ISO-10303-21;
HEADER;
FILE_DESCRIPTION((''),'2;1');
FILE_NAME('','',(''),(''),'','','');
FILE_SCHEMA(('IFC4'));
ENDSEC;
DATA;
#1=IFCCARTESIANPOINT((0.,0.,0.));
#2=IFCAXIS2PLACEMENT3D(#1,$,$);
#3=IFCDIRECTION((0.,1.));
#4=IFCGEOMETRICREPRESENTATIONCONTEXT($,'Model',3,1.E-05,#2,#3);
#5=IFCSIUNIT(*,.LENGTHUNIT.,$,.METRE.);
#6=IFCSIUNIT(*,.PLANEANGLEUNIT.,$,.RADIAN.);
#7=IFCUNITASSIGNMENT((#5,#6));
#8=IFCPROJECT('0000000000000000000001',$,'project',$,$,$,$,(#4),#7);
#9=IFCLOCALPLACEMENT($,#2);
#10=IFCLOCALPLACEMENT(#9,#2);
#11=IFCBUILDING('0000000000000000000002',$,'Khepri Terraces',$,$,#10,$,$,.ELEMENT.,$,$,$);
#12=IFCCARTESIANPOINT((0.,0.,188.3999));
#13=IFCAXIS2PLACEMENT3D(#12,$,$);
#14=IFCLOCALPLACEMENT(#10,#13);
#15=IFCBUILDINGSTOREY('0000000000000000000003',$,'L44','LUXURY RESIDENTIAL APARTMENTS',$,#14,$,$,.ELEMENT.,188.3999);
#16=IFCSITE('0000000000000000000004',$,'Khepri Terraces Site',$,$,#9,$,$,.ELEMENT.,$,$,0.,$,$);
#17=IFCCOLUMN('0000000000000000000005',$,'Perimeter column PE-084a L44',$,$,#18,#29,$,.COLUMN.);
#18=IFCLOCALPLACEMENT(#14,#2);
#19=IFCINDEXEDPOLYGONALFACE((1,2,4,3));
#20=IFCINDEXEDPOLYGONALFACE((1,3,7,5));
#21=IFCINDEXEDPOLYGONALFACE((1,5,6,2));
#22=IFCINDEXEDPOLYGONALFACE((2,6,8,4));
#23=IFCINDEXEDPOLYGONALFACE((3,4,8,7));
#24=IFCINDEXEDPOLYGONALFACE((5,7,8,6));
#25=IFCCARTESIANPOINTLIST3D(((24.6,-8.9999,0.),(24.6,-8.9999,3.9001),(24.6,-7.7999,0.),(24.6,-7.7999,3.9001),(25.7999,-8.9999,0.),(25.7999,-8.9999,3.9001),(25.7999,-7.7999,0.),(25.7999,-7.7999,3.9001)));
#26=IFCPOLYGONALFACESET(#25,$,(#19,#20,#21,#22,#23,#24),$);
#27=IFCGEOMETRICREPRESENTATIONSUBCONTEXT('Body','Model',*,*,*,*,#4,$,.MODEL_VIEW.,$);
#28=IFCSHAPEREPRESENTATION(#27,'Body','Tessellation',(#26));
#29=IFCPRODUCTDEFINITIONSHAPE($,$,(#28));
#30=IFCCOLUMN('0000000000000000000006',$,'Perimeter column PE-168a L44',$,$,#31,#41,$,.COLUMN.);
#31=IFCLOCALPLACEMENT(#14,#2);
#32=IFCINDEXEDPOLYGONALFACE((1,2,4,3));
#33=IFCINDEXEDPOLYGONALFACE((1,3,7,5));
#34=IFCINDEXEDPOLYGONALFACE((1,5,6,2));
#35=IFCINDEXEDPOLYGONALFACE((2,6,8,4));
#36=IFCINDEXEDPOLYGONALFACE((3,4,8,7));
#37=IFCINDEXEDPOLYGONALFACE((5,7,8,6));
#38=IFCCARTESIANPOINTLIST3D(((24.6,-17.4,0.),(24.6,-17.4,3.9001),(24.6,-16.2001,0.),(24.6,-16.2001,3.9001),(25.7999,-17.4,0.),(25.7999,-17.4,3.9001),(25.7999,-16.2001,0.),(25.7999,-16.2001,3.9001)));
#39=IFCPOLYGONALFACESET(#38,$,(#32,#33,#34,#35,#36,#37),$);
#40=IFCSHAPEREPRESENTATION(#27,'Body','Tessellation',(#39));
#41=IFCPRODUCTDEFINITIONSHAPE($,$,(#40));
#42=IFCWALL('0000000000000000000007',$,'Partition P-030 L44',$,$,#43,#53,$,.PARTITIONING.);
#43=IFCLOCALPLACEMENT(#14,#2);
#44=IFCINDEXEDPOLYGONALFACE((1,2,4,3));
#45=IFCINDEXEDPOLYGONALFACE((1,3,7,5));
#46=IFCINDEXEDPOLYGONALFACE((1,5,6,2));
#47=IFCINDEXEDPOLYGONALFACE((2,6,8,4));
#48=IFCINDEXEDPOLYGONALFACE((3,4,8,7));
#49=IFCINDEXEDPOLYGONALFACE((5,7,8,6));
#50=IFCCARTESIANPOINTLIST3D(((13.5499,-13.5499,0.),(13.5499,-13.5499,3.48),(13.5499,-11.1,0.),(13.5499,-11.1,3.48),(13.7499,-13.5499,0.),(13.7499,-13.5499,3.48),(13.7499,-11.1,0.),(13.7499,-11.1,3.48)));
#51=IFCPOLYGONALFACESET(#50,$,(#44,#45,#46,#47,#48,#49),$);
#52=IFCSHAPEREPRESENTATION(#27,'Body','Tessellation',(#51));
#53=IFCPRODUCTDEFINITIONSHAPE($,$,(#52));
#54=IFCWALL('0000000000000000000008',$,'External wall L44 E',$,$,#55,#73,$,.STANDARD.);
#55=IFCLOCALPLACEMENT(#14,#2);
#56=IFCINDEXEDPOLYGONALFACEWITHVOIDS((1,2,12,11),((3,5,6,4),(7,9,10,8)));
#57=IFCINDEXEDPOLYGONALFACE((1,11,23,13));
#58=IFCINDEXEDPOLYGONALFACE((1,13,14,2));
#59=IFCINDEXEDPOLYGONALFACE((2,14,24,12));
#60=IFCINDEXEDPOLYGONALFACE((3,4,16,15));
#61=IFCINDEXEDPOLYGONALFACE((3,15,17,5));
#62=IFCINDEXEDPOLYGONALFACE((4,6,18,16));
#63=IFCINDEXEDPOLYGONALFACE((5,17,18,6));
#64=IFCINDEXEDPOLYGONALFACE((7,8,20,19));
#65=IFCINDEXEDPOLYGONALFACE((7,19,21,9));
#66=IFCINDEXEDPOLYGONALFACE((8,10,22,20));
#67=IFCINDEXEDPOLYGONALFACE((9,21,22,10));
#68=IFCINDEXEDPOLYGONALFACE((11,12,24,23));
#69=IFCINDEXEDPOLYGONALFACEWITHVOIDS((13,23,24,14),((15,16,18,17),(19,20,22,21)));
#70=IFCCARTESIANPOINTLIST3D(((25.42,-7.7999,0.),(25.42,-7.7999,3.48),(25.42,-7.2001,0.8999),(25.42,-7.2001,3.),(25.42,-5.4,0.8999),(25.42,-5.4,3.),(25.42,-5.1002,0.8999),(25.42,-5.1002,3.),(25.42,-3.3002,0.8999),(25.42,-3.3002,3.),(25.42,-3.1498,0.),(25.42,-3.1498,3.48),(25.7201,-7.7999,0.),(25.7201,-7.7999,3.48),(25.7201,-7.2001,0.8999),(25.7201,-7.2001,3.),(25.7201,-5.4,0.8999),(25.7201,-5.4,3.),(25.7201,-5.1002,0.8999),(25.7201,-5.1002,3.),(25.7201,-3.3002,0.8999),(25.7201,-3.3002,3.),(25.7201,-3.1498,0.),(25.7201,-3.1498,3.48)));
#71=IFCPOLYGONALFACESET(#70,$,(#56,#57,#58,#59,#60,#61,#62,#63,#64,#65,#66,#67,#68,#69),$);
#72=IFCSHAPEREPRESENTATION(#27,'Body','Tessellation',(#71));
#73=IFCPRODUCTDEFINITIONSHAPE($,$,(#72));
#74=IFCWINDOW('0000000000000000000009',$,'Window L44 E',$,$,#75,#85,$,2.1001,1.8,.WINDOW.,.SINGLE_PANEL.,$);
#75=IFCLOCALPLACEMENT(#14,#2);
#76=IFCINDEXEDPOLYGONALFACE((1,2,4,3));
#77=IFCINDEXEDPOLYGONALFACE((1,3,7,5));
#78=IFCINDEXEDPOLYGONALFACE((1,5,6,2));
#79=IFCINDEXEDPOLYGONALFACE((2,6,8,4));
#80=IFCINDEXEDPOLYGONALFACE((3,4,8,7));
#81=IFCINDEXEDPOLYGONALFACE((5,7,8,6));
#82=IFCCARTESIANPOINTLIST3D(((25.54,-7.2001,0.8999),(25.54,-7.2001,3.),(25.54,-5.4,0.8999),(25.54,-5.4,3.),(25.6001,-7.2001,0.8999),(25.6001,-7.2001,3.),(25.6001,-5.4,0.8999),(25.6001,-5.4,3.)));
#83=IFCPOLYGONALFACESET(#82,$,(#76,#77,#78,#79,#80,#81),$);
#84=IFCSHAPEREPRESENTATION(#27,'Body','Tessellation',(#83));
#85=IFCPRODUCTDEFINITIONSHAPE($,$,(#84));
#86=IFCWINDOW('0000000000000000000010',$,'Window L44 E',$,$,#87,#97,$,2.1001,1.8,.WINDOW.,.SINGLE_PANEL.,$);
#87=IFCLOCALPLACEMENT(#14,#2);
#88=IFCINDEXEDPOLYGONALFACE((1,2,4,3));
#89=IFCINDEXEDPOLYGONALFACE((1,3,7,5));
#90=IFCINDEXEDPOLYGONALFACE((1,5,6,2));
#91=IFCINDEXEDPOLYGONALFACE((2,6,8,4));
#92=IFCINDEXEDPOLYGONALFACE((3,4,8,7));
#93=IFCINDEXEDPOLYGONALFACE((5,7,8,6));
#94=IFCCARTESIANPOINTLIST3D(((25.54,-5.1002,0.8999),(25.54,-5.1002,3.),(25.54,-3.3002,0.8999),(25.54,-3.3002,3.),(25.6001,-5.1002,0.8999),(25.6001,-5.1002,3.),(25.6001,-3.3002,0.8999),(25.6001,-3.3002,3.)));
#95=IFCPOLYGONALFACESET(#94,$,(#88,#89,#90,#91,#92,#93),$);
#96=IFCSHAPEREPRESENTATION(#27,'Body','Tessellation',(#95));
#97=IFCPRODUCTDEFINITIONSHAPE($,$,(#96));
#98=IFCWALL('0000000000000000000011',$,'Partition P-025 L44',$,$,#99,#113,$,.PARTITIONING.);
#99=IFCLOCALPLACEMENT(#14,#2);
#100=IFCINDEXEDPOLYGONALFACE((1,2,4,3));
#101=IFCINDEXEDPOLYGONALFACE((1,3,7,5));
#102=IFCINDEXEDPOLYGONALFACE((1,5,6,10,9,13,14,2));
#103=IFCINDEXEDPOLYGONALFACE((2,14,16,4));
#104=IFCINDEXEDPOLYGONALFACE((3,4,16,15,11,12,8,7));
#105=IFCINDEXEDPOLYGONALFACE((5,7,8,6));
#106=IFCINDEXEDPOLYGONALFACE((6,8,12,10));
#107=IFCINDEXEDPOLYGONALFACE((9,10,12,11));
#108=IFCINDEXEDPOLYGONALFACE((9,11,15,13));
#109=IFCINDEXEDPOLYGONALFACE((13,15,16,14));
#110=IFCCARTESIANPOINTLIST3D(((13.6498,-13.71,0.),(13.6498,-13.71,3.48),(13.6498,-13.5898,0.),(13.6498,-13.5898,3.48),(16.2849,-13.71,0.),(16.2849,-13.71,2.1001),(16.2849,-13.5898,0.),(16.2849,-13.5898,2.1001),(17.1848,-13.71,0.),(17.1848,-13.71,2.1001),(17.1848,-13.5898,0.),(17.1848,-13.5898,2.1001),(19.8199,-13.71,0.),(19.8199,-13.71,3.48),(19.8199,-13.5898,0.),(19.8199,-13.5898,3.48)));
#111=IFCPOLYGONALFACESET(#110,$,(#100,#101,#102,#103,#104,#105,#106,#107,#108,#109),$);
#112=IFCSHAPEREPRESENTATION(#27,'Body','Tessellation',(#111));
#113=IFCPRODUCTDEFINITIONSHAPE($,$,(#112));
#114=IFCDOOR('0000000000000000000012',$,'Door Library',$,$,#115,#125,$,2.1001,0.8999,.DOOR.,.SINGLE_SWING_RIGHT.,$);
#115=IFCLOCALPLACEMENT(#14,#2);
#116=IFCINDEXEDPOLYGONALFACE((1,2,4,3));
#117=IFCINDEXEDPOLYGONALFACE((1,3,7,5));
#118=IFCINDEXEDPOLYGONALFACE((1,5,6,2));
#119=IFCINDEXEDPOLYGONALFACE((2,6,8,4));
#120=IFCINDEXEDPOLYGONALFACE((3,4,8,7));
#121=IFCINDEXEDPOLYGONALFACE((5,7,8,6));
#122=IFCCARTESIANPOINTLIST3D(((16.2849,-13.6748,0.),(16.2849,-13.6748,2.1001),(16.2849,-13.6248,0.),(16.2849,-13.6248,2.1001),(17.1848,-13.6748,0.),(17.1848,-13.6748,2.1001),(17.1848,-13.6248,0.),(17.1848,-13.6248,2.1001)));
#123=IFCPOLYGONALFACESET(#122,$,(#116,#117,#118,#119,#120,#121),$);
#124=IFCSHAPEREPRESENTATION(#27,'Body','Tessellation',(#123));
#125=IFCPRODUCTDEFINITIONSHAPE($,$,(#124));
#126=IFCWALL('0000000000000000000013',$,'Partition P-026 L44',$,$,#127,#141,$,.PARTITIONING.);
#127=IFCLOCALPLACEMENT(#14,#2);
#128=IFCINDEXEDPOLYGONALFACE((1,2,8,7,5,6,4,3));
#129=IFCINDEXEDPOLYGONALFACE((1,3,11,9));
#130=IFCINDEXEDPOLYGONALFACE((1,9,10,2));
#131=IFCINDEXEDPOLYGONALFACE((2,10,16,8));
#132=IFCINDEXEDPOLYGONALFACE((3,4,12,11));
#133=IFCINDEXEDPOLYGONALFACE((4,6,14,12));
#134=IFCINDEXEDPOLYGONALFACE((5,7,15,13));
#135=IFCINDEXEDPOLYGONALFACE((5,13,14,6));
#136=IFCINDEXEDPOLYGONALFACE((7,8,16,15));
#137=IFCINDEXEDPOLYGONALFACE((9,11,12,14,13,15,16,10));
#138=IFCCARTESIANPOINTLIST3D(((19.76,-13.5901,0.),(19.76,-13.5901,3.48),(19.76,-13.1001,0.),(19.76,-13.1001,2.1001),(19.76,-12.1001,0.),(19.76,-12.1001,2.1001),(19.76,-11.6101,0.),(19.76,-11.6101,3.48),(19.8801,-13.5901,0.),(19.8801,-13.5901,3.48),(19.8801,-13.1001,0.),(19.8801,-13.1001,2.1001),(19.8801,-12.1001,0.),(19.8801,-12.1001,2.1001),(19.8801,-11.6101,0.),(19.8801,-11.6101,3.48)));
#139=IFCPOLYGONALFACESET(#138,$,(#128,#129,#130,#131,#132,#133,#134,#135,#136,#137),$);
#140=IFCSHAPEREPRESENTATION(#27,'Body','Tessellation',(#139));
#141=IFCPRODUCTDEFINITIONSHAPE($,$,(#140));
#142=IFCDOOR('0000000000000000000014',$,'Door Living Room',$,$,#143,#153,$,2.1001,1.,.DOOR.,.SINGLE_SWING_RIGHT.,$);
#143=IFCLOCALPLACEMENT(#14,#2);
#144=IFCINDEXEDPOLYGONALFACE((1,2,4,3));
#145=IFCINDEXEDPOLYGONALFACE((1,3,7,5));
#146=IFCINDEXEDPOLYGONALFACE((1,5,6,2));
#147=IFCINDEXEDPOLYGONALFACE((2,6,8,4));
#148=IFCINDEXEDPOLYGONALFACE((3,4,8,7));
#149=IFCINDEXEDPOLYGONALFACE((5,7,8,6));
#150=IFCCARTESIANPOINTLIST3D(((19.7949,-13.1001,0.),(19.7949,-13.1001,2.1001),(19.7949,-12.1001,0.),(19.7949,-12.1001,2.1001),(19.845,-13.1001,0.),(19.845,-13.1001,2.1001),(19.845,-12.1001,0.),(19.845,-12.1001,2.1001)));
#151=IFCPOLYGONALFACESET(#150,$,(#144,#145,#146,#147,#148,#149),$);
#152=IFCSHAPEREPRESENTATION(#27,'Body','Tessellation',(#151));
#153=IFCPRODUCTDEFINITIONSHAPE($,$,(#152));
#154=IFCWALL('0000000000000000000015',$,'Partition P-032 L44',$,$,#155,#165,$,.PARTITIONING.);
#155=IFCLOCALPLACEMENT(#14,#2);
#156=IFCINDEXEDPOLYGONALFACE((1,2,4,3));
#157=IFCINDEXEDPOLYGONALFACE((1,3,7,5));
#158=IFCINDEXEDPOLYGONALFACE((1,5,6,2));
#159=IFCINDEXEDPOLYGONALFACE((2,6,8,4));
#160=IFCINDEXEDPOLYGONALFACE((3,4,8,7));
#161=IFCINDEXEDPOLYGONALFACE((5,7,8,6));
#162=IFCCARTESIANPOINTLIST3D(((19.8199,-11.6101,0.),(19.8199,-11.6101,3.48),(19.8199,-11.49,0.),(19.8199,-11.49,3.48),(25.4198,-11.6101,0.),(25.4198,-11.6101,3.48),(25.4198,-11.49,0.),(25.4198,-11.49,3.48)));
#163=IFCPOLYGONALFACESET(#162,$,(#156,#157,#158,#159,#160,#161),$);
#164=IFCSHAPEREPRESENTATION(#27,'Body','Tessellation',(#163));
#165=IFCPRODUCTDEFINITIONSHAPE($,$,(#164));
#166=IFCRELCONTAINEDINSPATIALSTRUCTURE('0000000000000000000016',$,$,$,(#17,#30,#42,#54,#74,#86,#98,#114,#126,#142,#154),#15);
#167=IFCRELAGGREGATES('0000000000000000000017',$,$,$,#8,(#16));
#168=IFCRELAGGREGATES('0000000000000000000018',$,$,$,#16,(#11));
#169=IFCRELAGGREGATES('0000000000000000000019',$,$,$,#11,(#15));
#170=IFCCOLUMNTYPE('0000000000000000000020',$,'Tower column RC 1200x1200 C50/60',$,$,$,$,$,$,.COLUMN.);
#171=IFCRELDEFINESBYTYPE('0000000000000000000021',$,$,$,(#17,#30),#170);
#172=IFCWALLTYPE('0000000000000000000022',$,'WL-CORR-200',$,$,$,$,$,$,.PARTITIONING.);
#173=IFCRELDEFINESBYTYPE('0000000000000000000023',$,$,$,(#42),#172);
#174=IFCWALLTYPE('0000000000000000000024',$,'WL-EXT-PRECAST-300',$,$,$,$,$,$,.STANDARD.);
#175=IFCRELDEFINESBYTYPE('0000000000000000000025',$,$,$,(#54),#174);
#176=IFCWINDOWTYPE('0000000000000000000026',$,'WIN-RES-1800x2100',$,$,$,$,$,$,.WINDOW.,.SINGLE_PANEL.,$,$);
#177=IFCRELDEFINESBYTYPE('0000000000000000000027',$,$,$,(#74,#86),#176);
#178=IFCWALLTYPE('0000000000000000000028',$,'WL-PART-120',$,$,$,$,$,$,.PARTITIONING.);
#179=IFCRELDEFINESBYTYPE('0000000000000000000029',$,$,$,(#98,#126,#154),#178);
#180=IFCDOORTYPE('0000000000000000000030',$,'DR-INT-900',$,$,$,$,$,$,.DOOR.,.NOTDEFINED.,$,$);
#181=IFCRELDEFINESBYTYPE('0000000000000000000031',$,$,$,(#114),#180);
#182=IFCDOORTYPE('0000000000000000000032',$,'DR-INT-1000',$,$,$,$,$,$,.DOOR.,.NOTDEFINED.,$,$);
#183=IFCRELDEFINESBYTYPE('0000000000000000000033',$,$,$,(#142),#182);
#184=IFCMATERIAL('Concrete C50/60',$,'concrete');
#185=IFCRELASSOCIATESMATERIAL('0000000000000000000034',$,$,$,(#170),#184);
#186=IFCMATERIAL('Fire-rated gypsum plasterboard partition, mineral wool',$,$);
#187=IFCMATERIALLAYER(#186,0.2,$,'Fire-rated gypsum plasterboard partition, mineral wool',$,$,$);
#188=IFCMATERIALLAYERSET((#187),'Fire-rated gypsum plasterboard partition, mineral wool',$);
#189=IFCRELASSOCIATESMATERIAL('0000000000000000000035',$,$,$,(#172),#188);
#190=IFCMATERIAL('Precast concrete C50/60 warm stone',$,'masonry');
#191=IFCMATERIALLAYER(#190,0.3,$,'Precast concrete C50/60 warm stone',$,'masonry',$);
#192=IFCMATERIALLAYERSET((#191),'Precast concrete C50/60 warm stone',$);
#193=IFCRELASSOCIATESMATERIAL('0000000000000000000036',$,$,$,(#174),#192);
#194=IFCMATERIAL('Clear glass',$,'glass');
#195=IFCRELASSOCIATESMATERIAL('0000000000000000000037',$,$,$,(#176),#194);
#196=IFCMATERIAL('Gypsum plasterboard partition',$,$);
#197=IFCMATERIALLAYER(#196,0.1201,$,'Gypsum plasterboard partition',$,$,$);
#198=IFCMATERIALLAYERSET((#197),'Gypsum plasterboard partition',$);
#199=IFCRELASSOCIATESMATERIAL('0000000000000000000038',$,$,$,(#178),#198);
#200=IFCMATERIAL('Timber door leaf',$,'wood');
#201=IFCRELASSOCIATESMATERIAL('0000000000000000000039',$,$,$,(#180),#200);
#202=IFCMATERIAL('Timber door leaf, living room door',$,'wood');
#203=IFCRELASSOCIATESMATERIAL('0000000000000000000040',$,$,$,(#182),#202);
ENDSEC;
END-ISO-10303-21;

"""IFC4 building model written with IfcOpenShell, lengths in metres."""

from ifc_helpers import new_model, si_unit, direction, frame, frame_2d, origin, origin_2d, place, context, subcontext, project, spatial, rectangle, extrude, material, layer, layer_set, material_profile, profile_set, type_object, element, fill, save


model = new_model("IFC4")

# Units and contexts
model_context = context("Model", 3, precision=1e-05, world=origin(), true_north=direction((0.0, 1.0)))
body_context = subcontext(model_context, "Body", "Model", "MODEL_VIEW")
ifc_project = project(units=[si_unit("LENGTHUNIT", "METRE"), si_unit("PLANEANGLEUNIT", "RADIAN")], contexts=[model_context])

# Site, building, storey
site_placement = place(None, origin())
site = spatial("IfcSite", under=ifc_project, at=site_placement, Name="Khepri Terraces Site", CompositionType="ELEMENT", RefElevation=0.0)
building_placement = place(site_placement, origin())
building = spatial("IfcBuilding", under=site, at=building_placement, Name="Khepri Terraces", CompositionType="ELEMENT")
storey_placement = place(building_placement, frame((0.0, 0.0, 188.3999)))
storey = spatial("IfcBuildingStorey", under=building, at=storey_placement, Name="L44", Description="LUXURY RESIDENTIAL APARTMENTS", CompositionType="ELEMENT", Elevation=188.3999)

# Columns
ifc_material_1 = material(Name="Concrete C50/60", Category="concrete")
ifc_material_profile = material_profile(ifc_material_1, rectangle(XDim=1.2, YDim=1.2, at=origin_2d()), Name="Concrete C50/60", Category="concrete")
ifc_profile_set = profile_set([ifc_material_profile], Name="Concrete C50/60")
column_type = type_object("IfcColumnType", Name="Tower column RC 1200x1200 C50/60", PredefinedType="COLUMN", material=ifc_profile_set)
for number, where, z_axis, x_axis, name in (
    (1, (25.2, -8.3999, 0.0), (0.0, 0.0, 1.0), (1.0, 0.0, 0.0), "Perimeter column PE-084a L44"),
    (2, (25.2, -16.8, 0.0), (0.0, 0.0, 1.0), (1.0, 0.0, 0.0), "Perimeter column PE-168a L44"),
):
    element("IfcColumn", number, at=place(storey_placement, frame(where, z_axis=z_axis, x_axis=x_axis)), inside=storey, type_object=column_type, Name=name, PredefinedType="COLUMN", context=body_context, shape_type="SweptSolid", body=[
        extrude(rectangle(XDim=1.2, YDim=1.2, at=origin_2d()), origin(), (0.0, 0.0, 1.0), 3.9001),
    ])

# Wall
ifc_material_2 = material(Name="Fire-rated gypsum plasterboard partition, mineral wool")
ifc_layer_1 = layer(ifc_material_2, 0.2, Name="Fire-rated gypsum plasterboard partition, mineral wool")
ifc_layer_set_1 = layer_set([ifc_layer_1], Name="Fire-rated gypsum plasterboard partition, mineral wool")
wall_type_1 = type_object("IfcWallType", Name="WL-CORR-200", PredefinedType="PARTITIONING", material=ifc_layer_set_1)
wall_1_placement = place(storey_placement, frame((13.6499, -13.55, 0.0), z_axis=(0.0, 0.0, 1.0), x_axis=(0.0, 1.0, 0.0)))
element("IfcWall", 3, at=wall_1_placement, inside=storey, type_object=wall_type_1, Name="Partition P-030 L44", PredefinedType="PARTITIONING", context=body_context, shape_type="SweptSolid", body=[
    extrude(rectangle(XDim=2.45, YDim=0.2, at=frame_2d((1.2251, 0.0))), origin(), (0.0, 0.0, 1.0), 3.48),
])

# Shared definitions
ifc_material_3 = material(Name="Precast concrete C50/60 warm stone", Category="masonry")
ifc_layer_2 = layer(ifc_material_3, 0.3, Name="Precast concrete C50/60 warm stone", Category="masonry")
ifc_layer_set_2 = layer_set([ifc_layer_2], Name="Precast concrete C50/60 warm stone")
wall_type_2 = type_object("IfcWallType", Name="WL-EXT-PRECAST-300", PredefinedType="STANDARD", material=ifc_layer_set_2)

# Wall, openings, windows
wall_2_placement = place(storey_placement, frame((25.5701, -7.8, 0.0), z_axis=(0.0, 0.0, 1.0), x_axis=(0.0, 1.0, 0.0)))
wall_2 = element("IfcWall", 4, at=wall_2_placement, inside=storey, type_object=wall_type_2, Name="External wall L44 E", PredefinedType="STANDARD", context=body_context, shape_type="SweptSolid", body=[
    extrude(rectangle(XDim=4.6501, YDim=0.3, at=frame_2d((2.3252, 0.0))), origin(), (0.0, 0.0, 1.0), 3.48),
])
opening_1_placement = place(wall_2_placement, frame((0.6001, 0.0, 0.8999)))
opening_1 = element("IfcOpeningElement", 5, at=opening_1_placement, cuts=wall_2, PredefinedType="OPENING", context=body_context, shape_type="SweptSolid", body=[
    extrude(rectangle(XDim=1.8, YDim=2.1001, at=frame_2d((0.8999, 1.05))), frame((0.0, 0.1602, 0.0), z_axis=(0.0, -1.0, 0.0), x_axis=(1.0, 0.0, 0.0)), (0.0, 0.0, 1.0), 0.3201),
])
opening_2_placement = place(wall_2_placement, frame((2.7, 0.0, 0.8999)))
opening_2 = element("IfcOpeningElement", 6, at=opening_2_placement, cuts=wall_2, PredefinedType="OPENING", context=body_context, shape_type="SweptSolid", body=[
    extrude(rectangle(XDim=1.8, YDim=2.1001, at=frame_2d((0.8999, 1.05))), frame((0.0, 0.1602, 0.0), z_axis=(0.0, -1.0, 0.0), x_axis=(1.0, 0.0, 0.0)), (0.0, 0.0, 1.0), 0.3201),
])
ifc_material_4 = material(Name="Clear glass", Category="glass")
window_type = type_object("IfcWindowType", Name="WIN-RES-1800x2100", PartitioningType="SINGLE_PANEL", PredefinedType="WINDOW", material=ifc_material_4)
window_1_placement = place(opening_1_placement, origin())
window_1 = element("IfcWindow", 7, at=window_1_placement, inside=storey, type_object=window_type, Name="Window L44 E", OverallHeight=2.1001, OverallWidth=1.8, PartitioningType="SINGLE_PANEL", PredefinedType="WINDOW", context=body_context, shape_type="SweptSolid", body=[
    extrude(rectangle(XDim=1.8, YDim=2.1001, at=frame_2d((0.8999, 1.05))), frame((0.0, 0.03, 0.0), z_axis=(0.0, -1.0, 0.0), x_axis=(1.0, 0.0, 0.0)), (0.0, 0.0, 1.0), 0.0601),
])
fill(opening_1, window_1)
window_2_placement = place(opening_2_placement, origin())
window_2 = element("IfcWindow", 8, at=window_2_placement, inside=storey, type_object=window_type, Name="Window L44 E", OverallHeight=2.1001, OverallWidth=1.8, PartitioningType="SINGLE_PANEL", PredefinedType="WINDOW", context=body_context, shape_type="SweptSolid", body=[
    extrude(rectangle(XDim=1.8, YDim=2.1001, at=frame_2d((0.8999, 1.05))), frame((0.0, 0.03, 0.0), z_axis=(0.0, -1.0, 0.0), x_axis=(1.0, 0.0, 0.0)), (0.0, 0.0, 1.0), 0.0601),
])
fill(opening_2, window_2)

# Walls, openings, doors
ifc_material_5 = material(Name="Gypsum plasterboard partition")
ifc_layer_3 = layer(ifc_material_5, 0.1201, Name="Gypsum plasterboard partition")
ifc_layer_set_3 = layer_set([ifc_layer_3], Name="Gypsum plasterboard partition")
wall_type_3 = type_object("IfcWallType", Name="WL-PART-120", PredefinedType="PARTITIONING", material=ifc_layer_set_3)
wall_3_placement = place(storey_placement, frame((13.6499, -13.6499, 0.0), z_axis=(0.0, 0.0, 1.0), x_axis=(1.0, 0.0, 0.0)))
wall_3 = element("IfcWall", 9, at=wall_3_placement, inside=storey, type_object=wall_type_3, Name="Partition P-025 L44", PredefinedType="PARTITIONING", context=body_context, shape_type="SweptSolid", body=[
    extrude(rectangle(XDim=6.1702, YDim=0.1201, at=frame_2d((3.085, 0.0))), origin(), (0.0, 0.0, 1.0), 3.48),
])
opening_3_placement = place(wall_3_placement, frame((2.635, 0.0, 0.0)))
opening_3 = element("IfcOpeningElement", 10, at=opening_3_placement, cuts=wall_3, PredefinedType="OPENING", context=body_context, shape_type="SweptSolid", body=[
    extrude(rectangle(XDim=0.8999, YDim=2.1001, at=frame_2d((0.45, 1.05))), frame((0.0, 0.0701, 0.0), z_axis=(0.0, -1.0, 0.0), x_axis=(1.0, 0.0, 0.0)), (0.0, 0.0, 1.0), 0.1401),
])
ifc_material_6 = material(Name="Timber door leaf", Category="wood")
door_type_1 = type_object("IfcDoorType", Name="DR-INT-900", OperationType="NOTDEFINED", PredefinedType="DOOR", material=ifc_material_6)
door_1_placement = place(opening_3_placement, frame((0.8999, 0.0, 0.0), z_axis=(0.0, 0.0, 1.0), x_axis=(-1.0, 0.0, 0.0)))
door_1 = element("IfcDoor", 11, at=door_1_placement, inside=storey, type_object=door_type_1, Name="Door Library", OperationType="SINGLE_SWING_RIGHT", OverallHeight=2.1001, OverallWidth=0.8999, PredefinedType="DOOR", context=body_context, shape_type="SweptSolid", body=[
    extrude(rectangle(XDim=0.8999, YDim=2.1001, at=frame_2d((0.45, 1.05))), frame((0.0, 0.0249, 0.0), z_axis=(0.0, -1.0, 0.0), x_axis=(1.0, 0.0, 0.0)), (0.0, 0.0, 1.0), 0.05),
])
fill(opening_3, door_1)
wall_4_placement = place(storey_placement, frame((19.8201, -13.5901, 0.0), z_axis=(0.0, 0.0, 1.0), x_axis=(0.0, 1.0, 0.0)))
wall_4 = element("IfcWall", 12, at=wall_4_placement, inside=storey, type_object=wall_type_3, Name="Partition P-026 L44", PredefinedType="PARTITIONING", context=body_context, shape_type="SweptSolid", body=[
    extrude(rectangle(XDim=1.98, YDim=0.1201, at=frame_2d((0.99, 0.0))), origin(), (0.0, 0.0, 1.0), 3.48),
])
opening_4_placement = place(wall_4_placement, frame((0.49, 0.0, 0.0)))
opening_4 = element("IfcOpeningElement", 13, at=opening_4_placement, cuts=wall_4, PredefinedType="OPENING", context=body_context, shape_type="SweptSolid", body=[
    extrude(rectangle(XDim=1.0, YDim=2.1001, at=frame_2d((0.5, 1.05))), frame((0.0, 0.0701, 0.0), z_axis=(0.0, -1.0, 0.0), x_axis=(1.0, 0.0, 0.0)), (0.0, 0.0, 1.0), 0.1401),
])
ifc_material_7 = material(Name="Timber door leaf, living room door", Category="wood")
door_type_2 = type_object("IfcDoorType", Name="DR-INT-1000", OperationType="NOTDEFINED", PredefinedType="DOOR", material=ifc_material_7)
door_2_placement = place(opening_4_placement, frame((1.0, 0.0, 0.0), z_axis=(0.0, 0.0, 1.0), x_axis=(-1.0, 0.0, 0.0)))
door_2 = element("IfcDoor", 14, at=door_2_placement, inside=storey, type_object=door_type_2, Name="Door Living Room", OperationType="SINGLE_SWING_RIGHT", OverallHeight=2.1001, OverallWidth=1.0, PredefinedType="DOOR", context=body_context, shape_type="SweptSolid", body=[
    extrude(rectangle(XDim=1.0, YDim=2.1001, at=frame_2d((0.5, 1.05))), frame((0.0, 0.0249, 0.0), z_axis=(0.0, -1.0, 0.0), x_axis=(1.0, 0.0, 0.0)), (0.0, 0.0, 1.0), 0.05),
])
fill(opening_4, door_2)

# Wall
wall_5_placement = place(storey_placement, frame((19.8201, -11.55, 0.0), z_axis=(0.0, 0.0, 1.0), x_axis=(1.0, 0.0, 0.0)))
element("IfcWall", 15, at=wall_5_placement, inside=storey, type_object=wall_type_3, Name="Partition P-032 L44", PredefinedType="PARTITIONING", context=body_context, shape_type="SweptSolid", body=[
    extrude(rectangle(XDim=5.5999, YDim=0.1201, at=frame_2d((2.7998, 0.0))), origin(), (0.0, 0.0, 1.0), 3.48),
])

save(model, "model.ifc")
